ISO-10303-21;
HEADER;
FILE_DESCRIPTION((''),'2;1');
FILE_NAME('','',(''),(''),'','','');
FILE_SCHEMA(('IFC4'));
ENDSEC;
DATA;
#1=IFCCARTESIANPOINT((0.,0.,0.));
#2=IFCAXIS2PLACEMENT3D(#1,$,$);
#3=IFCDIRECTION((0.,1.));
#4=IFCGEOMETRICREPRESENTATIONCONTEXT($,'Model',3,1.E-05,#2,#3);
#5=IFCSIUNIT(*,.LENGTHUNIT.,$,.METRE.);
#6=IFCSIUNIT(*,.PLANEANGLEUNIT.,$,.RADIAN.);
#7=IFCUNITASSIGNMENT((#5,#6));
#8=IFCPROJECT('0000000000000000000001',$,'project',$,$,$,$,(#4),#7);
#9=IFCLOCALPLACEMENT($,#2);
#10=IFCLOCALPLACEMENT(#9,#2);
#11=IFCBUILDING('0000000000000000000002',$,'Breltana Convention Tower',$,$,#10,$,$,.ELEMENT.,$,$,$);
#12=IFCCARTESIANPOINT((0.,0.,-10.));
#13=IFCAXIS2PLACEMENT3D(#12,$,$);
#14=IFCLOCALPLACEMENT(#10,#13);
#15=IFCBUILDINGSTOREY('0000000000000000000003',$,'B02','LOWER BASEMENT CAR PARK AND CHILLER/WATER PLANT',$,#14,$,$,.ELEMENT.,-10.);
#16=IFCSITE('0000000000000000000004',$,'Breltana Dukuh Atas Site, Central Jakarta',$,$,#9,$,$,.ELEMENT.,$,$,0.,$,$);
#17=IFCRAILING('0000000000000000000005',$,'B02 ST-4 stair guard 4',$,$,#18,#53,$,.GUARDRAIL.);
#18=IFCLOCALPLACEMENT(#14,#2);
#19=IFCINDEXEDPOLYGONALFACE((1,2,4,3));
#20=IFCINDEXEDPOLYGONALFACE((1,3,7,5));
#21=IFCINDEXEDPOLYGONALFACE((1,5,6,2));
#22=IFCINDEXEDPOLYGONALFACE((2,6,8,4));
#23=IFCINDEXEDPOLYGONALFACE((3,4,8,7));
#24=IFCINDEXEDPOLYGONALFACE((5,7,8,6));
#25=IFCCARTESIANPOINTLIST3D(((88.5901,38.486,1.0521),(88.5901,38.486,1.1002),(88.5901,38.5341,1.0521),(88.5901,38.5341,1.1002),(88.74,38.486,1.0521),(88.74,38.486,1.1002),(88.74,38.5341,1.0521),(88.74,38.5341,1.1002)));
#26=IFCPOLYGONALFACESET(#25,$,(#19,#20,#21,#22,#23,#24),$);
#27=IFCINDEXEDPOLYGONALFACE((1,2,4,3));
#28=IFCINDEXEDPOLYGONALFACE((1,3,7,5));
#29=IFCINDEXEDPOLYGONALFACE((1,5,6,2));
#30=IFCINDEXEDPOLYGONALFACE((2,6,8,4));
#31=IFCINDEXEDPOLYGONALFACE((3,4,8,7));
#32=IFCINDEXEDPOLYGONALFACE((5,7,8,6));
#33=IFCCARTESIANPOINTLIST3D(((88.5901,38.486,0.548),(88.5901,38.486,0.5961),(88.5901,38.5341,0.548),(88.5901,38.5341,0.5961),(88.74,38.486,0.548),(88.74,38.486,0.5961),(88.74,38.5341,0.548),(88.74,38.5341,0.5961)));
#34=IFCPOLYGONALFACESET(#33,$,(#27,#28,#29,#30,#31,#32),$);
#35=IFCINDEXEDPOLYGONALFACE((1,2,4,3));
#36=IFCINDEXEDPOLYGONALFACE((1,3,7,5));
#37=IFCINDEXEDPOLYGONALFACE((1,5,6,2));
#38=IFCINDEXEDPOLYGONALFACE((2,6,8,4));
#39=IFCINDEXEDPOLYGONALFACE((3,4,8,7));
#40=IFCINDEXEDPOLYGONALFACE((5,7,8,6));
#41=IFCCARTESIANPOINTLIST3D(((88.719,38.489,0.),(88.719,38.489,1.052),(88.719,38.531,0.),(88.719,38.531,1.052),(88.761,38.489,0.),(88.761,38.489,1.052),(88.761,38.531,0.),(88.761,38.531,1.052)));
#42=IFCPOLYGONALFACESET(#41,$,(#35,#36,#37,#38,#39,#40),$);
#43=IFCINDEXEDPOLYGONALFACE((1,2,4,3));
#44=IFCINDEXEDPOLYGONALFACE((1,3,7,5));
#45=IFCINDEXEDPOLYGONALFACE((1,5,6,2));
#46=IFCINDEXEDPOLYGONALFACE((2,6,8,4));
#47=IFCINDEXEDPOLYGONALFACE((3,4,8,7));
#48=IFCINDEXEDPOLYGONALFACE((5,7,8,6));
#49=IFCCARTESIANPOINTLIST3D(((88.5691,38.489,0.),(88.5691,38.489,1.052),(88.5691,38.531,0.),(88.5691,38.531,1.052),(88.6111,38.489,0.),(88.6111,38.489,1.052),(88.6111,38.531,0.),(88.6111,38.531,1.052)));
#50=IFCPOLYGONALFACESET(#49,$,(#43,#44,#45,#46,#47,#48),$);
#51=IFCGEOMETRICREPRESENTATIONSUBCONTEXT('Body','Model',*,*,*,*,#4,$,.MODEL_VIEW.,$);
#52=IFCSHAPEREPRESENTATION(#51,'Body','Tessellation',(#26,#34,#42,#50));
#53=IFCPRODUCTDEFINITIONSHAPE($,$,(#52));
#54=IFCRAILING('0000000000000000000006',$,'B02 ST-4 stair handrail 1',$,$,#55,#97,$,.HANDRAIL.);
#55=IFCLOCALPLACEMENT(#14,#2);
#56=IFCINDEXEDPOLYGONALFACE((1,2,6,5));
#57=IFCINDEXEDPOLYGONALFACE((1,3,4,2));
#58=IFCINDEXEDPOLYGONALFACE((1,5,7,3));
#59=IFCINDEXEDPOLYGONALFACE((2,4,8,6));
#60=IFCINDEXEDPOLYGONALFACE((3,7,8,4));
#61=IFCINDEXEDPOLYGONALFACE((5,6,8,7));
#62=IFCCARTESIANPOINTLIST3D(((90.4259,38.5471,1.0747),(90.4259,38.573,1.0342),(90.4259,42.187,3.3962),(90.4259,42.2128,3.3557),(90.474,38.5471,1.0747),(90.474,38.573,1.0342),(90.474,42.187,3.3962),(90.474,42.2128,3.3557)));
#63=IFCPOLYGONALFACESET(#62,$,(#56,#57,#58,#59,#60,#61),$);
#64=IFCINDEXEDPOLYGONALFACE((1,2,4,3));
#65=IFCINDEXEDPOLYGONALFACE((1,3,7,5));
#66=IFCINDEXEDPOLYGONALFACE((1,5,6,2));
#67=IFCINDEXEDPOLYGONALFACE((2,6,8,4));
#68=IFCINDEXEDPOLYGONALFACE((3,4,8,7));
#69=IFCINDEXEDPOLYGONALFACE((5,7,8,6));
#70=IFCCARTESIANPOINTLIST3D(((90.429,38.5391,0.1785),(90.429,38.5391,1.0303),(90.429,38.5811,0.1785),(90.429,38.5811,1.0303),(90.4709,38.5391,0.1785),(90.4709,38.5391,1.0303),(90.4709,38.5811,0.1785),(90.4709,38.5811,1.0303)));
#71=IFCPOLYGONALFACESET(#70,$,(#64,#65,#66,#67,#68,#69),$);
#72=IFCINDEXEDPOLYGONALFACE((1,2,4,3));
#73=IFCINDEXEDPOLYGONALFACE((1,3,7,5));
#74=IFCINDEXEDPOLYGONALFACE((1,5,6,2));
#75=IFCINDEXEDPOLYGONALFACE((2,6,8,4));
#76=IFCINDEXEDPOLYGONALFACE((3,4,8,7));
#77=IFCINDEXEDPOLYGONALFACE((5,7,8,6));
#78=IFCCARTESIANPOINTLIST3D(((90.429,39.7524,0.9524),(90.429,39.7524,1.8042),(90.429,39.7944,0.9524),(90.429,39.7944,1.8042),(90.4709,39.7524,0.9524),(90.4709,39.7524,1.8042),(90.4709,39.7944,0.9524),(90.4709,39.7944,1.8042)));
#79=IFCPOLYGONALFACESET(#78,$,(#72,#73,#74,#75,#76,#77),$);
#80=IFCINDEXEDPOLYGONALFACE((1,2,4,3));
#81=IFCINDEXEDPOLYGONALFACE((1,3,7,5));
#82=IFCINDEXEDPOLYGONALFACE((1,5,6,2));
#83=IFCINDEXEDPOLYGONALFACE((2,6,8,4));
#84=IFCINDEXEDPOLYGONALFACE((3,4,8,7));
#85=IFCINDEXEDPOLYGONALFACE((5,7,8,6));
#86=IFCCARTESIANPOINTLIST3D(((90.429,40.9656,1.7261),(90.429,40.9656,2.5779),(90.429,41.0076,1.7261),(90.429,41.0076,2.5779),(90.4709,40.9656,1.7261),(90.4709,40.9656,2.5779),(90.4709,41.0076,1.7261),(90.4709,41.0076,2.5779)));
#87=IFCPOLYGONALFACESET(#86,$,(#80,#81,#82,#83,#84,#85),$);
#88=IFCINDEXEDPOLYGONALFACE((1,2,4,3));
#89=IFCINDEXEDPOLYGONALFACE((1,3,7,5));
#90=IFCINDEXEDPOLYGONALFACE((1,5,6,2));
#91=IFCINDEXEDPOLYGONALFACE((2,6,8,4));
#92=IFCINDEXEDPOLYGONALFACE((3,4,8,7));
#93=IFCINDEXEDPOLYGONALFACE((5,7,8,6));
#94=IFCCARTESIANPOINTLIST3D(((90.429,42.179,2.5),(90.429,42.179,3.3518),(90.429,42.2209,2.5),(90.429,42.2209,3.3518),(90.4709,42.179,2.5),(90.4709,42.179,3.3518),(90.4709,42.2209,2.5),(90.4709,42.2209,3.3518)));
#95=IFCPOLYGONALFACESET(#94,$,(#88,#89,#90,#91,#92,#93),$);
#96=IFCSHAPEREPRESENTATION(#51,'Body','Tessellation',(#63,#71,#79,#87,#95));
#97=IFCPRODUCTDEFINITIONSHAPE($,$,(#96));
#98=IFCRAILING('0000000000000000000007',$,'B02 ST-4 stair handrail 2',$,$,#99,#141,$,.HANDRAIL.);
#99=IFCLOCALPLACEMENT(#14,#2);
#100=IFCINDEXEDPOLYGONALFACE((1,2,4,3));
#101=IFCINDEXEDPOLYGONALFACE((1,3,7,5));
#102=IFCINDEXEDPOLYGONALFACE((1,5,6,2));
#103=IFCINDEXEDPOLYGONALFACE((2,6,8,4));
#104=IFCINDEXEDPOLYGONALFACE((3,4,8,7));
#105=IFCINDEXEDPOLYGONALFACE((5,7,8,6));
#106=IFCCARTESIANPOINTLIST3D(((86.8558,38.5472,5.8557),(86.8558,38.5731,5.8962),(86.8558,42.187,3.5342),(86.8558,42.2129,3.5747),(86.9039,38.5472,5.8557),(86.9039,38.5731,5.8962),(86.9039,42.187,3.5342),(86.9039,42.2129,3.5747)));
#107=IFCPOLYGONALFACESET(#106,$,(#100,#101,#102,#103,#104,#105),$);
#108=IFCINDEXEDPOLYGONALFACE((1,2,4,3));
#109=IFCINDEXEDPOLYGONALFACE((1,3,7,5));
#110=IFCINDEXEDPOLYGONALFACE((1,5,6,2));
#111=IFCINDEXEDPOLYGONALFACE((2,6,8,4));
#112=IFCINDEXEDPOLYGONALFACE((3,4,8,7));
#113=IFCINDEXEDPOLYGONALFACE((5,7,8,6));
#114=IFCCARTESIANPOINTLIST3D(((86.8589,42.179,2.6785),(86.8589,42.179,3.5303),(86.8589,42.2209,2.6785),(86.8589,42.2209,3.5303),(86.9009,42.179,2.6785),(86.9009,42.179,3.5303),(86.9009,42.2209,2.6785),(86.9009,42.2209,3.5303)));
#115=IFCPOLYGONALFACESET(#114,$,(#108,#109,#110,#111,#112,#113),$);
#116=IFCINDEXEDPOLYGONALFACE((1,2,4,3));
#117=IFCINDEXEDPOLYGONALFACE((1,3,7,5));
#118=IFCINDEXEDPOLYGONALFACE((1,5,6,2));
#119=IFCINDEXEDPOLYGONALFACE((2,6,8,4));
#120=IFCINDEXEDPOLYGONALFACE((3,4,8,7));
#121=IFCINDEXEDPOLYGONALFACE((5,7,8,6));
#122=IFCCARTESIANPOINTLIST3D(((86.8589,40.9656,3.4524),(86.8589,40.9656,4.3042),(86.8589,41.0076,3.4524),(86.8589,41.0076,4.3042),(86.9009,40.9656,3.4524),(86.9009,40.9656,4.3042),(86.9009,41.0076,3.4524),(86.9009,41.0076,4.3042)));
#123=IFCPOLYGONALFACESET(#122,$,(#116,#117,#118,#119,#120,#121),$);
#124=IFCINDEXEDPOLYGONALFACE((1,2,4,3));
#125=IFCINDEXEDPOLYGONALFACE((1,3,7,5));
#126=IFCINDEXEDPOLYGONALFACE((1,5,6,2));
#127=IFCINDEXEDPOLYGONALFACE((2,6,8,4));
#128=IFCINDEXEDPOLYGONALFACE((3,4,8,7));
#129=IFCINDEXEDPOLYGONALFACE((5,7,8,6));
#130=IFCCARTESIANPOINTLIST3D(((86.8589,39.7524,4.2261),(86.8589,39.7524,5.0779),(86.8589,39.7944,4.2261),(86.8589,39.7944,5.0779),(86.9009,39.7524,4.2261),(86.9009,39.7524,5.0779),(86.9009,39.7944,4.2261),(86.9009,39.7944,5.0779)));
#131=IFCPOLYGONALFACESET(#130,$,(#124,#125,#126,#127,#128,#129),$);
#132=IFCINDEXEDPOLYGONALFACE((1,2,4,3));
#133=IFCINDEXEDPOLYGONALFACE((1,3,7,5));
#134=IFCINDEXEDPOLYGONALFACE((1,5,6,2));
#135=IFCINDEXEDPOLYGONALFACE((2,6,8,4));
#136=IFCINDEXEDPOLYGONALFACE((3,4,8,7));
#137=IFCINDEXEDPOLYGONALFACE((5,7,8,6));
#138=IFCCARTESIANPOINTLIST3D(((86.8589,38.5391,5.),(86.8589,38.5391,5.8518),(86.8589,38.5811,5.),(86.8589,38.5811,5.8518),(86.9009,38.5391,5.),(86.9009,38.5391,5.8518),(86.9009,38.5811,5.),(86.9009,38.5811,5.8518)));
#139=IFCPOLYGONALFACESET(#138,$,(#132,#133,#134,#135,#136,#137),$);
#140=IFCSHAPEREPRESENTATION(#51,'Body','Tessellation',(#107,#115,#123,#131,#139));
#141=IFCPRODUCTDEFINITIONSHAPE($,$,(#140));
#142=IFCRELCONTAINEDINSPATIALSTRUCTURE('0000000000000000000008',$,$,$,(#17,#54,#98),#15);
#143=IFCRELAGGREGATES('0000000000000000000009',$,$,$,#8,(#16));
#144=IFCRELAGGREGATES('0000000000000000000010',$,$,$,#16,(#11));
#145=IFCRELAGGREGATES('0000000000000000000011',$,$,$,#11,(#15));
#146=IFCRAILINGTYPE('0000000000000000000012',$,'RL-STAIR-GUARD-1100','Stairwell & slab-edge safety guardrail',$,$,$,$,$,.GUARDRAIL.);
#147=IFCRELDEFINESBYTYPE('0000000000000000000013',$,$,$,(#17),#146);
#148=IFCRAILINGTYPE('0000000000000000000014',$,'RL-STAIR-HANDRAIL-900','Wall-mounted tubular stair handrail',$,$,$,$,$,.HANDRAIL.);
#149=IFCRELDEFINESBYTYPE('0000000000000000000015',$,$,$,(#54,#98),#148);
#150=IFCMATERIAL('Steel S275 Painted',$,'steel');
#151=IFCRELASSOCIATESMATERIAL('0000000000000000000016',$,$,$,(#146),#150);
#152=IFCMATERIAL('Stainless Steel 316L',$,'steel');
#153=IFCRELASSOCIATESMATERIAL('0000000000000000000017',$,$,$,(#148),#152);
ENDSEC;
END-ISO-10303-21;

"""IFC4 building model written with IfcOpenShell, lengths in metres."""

from ifc_helpers import new_model, si_unit, direction, frame, origin, origin_2d, place, context, subcontext, project, spatial, rectangle, extrude, material, type_object, element, save


model = new_model("IFC4")

# Units and contexts
model_context = context("Model", 3, precision=1e-05, world=origin(), true_north=direction((0.0, 1.0)))
body_context = subcontext(model_context, "Body", "Model", "MODEL_VIEW")
ifc_project = project(units=[si_unit("LENGTHUNIT", "METRE"), si_unit("PLANEANGLEUNIT", "RADIAN")], contexts=[model_context])

# Site, building, storey
site_placement = place(None, origin())
site = spatial("IfcSite", under=ifc_project, at=site_placement, Name="Breltana Dukuh Atas Site, Central Jakarta", CompositionType="ELEMENT", RefElevation=0.0)
building_placement = place(site_placement, origin())
building = spatial("IfcBuilding", under=site, at=building_placement, Name="Breltana Convention Tower", CompositionType="ELEMENT")
storey_placement = place(building_placement, frame((0.0, 0.0, -10.0)))
storey = spatial("IfcBuildingStorey", under=building, at=storey_placement, Name="B02", Description="LOWER BASEMENT CAR PARK AND CHILLER/WATER PLANT", CompositionType="ELEMENT", Elevation=-10.0)

# Railings
ifc_material_1 = material(Name="Steel S275 Painted", Category="steel")
railing_type_1 = type_object("IfcRailingType", Name="RL-STAIR-GUARD-1100", Description="Stairwell & slab-edge safety guardrail", PredefinedType="GUARDRAIL", material=ifc_material_1)
railing_1_placement = place(storey_placement, frame((88.74, 38.51, 0.0)))
element("IfcRailing", 1, at=railing_1_placement, inside=storey, type_object=railing_type_1, Name="B02 ST-4 stair guard 4", PredefinedType="GUARDRAIL", context=body_context, shape_type="SweptSolid", body=[
    extrude(rectangle(XDim=0.0481, YDim=0.0481, at=origin_2d()), frame((0.0, 0.0, 1.0762), z_axis=(-1.0, 0.0, 0.0), x_axis=(0.0, -1.0, 0.0)), (0.0, 0.0, 1.0), 0.1499),
    extrude(rectangle(XDim=0.0481, YDim=0.0481, at=origin_2d()), frame((0.0, 0.0, 0.572), z_axis=(-1.0, 0.0, 0.0), x_axis=(0.0, -1.0, 0.0)), (0.0, 0.0, 1.0), 0.1499),
    extrude(rectangle(XDim=0.042, YDim=0.042, at=origin_2d()), origin(), (0.0, 0.0, 1.0), 1.052),
    extrude(rectangle(XDim=0.042, YDim=0.042, at=origin_2d()), frame((-0.1499, 0.0, 0.0)), (0.0, 0.0, 1.0), 1.052),
])
ifc_material_2 = material(Name="Stainless Steel 316L", Category="steel")
railing_type_2 = type_object("IfcRailingType", Name="RL-STAIR-HANDRAIL-900", Description="Wall-mounted tubular stair handrail", PredefinedType="HANDRAIL", material=ifc_material_2)
railing_2_placement = place(storey_placement, frame((90.45, 38.5601, 0.1785)))
element("IfcRailing", 2, at=railing_2_placement, inside=storey, type_object=railing_type_2, Name="B02 ST-4 stair handrail 1", PredefinedType="HANDRAIL", context=body_context, shape_type="SweptSolid", body=[
    extrude(rectangle(XDim=0.0481, YDim=0.0481, at=origin_2d()), frame((0.0, 0.0, 0.876), z_axis=(0.0, 0.843112, 0.537739), x_axis=(-1.0, 0.0, 0.0)), (0.0, 0.0, 1.0), 4.3171),
    extrude(rectangle(XDim=0.042, YDim=0.042, at=origin_2d()), origin(), (0.0, 0.0, 1.0), 0.8518),
    extrude(rectangle(XDim=0.042, YDim=0.042, at=origin_2d()), frame((0.0, 1.2134, 0.7739)), (0.0, 0.0, 1.0), 0.8518),
    extrude(rectangle(XDim=0.042, YDim=0.042, at=origin_2d()), frame((0.0, 2.4265, 1.5476)), (0.0, 0.0, 1.0), 0.8518),
    extrude(rectangle(XDim=0.042, YDim=0.042, at=origin_2d()), frame((0.0, 3.6399, 2.3215)), (0.0, 0.0, 1.0), 0.8518),
])
railing_3_placement = place(storey_placement, frame((86.8799, 42.2, 2.6785)))
element("IfcRailing", 3, at=railing_3_placement, inside=storey, type_object=railing_type_2, Name="B02 ST-4 stair handrail 2", PredefinedType="HANDRAIL", context=body_context, shape_type="SweptSolid", body=[
    extrude(rectangle(XDim=0.0481, YDim=0.0481, at=origin_2d()), frame((0.0, 0.0, 0.876), z_axis=(0.0, -0.843112, 0.537739), x_axis=(1.0, 0.0, 0.0)), (0.0, 0.0, 1.0), 4.3171),
    extrude(rectangle(XDim=0.042, YDim=0.042, at=origin_2d()), origin(), (0.0, 0.0, 1.0), 0.8518),
    extrude(rectangle(XDim=0.042, YDim=0.042, at=origin_2d()), frame((0.0, -1.2134, 0.7739)), (0.0, 0.0, 1.0), 0.8518),
    extrude(rectangle(XDim=0.042, YDim=0.042, at=origin_2d()), frame((0.0, -2.4265, 1.5476)), (0.0, 0.0, 1.0), 0.8518),
    extrude(rectangle(XDim=0.042, YDim=0.042, at=origin_2d()), frame((0.0, -3.6399, 2.3215)), (0.0, 0.0, 1.0), 0.8518),
])

save(model, "model.ifc")
